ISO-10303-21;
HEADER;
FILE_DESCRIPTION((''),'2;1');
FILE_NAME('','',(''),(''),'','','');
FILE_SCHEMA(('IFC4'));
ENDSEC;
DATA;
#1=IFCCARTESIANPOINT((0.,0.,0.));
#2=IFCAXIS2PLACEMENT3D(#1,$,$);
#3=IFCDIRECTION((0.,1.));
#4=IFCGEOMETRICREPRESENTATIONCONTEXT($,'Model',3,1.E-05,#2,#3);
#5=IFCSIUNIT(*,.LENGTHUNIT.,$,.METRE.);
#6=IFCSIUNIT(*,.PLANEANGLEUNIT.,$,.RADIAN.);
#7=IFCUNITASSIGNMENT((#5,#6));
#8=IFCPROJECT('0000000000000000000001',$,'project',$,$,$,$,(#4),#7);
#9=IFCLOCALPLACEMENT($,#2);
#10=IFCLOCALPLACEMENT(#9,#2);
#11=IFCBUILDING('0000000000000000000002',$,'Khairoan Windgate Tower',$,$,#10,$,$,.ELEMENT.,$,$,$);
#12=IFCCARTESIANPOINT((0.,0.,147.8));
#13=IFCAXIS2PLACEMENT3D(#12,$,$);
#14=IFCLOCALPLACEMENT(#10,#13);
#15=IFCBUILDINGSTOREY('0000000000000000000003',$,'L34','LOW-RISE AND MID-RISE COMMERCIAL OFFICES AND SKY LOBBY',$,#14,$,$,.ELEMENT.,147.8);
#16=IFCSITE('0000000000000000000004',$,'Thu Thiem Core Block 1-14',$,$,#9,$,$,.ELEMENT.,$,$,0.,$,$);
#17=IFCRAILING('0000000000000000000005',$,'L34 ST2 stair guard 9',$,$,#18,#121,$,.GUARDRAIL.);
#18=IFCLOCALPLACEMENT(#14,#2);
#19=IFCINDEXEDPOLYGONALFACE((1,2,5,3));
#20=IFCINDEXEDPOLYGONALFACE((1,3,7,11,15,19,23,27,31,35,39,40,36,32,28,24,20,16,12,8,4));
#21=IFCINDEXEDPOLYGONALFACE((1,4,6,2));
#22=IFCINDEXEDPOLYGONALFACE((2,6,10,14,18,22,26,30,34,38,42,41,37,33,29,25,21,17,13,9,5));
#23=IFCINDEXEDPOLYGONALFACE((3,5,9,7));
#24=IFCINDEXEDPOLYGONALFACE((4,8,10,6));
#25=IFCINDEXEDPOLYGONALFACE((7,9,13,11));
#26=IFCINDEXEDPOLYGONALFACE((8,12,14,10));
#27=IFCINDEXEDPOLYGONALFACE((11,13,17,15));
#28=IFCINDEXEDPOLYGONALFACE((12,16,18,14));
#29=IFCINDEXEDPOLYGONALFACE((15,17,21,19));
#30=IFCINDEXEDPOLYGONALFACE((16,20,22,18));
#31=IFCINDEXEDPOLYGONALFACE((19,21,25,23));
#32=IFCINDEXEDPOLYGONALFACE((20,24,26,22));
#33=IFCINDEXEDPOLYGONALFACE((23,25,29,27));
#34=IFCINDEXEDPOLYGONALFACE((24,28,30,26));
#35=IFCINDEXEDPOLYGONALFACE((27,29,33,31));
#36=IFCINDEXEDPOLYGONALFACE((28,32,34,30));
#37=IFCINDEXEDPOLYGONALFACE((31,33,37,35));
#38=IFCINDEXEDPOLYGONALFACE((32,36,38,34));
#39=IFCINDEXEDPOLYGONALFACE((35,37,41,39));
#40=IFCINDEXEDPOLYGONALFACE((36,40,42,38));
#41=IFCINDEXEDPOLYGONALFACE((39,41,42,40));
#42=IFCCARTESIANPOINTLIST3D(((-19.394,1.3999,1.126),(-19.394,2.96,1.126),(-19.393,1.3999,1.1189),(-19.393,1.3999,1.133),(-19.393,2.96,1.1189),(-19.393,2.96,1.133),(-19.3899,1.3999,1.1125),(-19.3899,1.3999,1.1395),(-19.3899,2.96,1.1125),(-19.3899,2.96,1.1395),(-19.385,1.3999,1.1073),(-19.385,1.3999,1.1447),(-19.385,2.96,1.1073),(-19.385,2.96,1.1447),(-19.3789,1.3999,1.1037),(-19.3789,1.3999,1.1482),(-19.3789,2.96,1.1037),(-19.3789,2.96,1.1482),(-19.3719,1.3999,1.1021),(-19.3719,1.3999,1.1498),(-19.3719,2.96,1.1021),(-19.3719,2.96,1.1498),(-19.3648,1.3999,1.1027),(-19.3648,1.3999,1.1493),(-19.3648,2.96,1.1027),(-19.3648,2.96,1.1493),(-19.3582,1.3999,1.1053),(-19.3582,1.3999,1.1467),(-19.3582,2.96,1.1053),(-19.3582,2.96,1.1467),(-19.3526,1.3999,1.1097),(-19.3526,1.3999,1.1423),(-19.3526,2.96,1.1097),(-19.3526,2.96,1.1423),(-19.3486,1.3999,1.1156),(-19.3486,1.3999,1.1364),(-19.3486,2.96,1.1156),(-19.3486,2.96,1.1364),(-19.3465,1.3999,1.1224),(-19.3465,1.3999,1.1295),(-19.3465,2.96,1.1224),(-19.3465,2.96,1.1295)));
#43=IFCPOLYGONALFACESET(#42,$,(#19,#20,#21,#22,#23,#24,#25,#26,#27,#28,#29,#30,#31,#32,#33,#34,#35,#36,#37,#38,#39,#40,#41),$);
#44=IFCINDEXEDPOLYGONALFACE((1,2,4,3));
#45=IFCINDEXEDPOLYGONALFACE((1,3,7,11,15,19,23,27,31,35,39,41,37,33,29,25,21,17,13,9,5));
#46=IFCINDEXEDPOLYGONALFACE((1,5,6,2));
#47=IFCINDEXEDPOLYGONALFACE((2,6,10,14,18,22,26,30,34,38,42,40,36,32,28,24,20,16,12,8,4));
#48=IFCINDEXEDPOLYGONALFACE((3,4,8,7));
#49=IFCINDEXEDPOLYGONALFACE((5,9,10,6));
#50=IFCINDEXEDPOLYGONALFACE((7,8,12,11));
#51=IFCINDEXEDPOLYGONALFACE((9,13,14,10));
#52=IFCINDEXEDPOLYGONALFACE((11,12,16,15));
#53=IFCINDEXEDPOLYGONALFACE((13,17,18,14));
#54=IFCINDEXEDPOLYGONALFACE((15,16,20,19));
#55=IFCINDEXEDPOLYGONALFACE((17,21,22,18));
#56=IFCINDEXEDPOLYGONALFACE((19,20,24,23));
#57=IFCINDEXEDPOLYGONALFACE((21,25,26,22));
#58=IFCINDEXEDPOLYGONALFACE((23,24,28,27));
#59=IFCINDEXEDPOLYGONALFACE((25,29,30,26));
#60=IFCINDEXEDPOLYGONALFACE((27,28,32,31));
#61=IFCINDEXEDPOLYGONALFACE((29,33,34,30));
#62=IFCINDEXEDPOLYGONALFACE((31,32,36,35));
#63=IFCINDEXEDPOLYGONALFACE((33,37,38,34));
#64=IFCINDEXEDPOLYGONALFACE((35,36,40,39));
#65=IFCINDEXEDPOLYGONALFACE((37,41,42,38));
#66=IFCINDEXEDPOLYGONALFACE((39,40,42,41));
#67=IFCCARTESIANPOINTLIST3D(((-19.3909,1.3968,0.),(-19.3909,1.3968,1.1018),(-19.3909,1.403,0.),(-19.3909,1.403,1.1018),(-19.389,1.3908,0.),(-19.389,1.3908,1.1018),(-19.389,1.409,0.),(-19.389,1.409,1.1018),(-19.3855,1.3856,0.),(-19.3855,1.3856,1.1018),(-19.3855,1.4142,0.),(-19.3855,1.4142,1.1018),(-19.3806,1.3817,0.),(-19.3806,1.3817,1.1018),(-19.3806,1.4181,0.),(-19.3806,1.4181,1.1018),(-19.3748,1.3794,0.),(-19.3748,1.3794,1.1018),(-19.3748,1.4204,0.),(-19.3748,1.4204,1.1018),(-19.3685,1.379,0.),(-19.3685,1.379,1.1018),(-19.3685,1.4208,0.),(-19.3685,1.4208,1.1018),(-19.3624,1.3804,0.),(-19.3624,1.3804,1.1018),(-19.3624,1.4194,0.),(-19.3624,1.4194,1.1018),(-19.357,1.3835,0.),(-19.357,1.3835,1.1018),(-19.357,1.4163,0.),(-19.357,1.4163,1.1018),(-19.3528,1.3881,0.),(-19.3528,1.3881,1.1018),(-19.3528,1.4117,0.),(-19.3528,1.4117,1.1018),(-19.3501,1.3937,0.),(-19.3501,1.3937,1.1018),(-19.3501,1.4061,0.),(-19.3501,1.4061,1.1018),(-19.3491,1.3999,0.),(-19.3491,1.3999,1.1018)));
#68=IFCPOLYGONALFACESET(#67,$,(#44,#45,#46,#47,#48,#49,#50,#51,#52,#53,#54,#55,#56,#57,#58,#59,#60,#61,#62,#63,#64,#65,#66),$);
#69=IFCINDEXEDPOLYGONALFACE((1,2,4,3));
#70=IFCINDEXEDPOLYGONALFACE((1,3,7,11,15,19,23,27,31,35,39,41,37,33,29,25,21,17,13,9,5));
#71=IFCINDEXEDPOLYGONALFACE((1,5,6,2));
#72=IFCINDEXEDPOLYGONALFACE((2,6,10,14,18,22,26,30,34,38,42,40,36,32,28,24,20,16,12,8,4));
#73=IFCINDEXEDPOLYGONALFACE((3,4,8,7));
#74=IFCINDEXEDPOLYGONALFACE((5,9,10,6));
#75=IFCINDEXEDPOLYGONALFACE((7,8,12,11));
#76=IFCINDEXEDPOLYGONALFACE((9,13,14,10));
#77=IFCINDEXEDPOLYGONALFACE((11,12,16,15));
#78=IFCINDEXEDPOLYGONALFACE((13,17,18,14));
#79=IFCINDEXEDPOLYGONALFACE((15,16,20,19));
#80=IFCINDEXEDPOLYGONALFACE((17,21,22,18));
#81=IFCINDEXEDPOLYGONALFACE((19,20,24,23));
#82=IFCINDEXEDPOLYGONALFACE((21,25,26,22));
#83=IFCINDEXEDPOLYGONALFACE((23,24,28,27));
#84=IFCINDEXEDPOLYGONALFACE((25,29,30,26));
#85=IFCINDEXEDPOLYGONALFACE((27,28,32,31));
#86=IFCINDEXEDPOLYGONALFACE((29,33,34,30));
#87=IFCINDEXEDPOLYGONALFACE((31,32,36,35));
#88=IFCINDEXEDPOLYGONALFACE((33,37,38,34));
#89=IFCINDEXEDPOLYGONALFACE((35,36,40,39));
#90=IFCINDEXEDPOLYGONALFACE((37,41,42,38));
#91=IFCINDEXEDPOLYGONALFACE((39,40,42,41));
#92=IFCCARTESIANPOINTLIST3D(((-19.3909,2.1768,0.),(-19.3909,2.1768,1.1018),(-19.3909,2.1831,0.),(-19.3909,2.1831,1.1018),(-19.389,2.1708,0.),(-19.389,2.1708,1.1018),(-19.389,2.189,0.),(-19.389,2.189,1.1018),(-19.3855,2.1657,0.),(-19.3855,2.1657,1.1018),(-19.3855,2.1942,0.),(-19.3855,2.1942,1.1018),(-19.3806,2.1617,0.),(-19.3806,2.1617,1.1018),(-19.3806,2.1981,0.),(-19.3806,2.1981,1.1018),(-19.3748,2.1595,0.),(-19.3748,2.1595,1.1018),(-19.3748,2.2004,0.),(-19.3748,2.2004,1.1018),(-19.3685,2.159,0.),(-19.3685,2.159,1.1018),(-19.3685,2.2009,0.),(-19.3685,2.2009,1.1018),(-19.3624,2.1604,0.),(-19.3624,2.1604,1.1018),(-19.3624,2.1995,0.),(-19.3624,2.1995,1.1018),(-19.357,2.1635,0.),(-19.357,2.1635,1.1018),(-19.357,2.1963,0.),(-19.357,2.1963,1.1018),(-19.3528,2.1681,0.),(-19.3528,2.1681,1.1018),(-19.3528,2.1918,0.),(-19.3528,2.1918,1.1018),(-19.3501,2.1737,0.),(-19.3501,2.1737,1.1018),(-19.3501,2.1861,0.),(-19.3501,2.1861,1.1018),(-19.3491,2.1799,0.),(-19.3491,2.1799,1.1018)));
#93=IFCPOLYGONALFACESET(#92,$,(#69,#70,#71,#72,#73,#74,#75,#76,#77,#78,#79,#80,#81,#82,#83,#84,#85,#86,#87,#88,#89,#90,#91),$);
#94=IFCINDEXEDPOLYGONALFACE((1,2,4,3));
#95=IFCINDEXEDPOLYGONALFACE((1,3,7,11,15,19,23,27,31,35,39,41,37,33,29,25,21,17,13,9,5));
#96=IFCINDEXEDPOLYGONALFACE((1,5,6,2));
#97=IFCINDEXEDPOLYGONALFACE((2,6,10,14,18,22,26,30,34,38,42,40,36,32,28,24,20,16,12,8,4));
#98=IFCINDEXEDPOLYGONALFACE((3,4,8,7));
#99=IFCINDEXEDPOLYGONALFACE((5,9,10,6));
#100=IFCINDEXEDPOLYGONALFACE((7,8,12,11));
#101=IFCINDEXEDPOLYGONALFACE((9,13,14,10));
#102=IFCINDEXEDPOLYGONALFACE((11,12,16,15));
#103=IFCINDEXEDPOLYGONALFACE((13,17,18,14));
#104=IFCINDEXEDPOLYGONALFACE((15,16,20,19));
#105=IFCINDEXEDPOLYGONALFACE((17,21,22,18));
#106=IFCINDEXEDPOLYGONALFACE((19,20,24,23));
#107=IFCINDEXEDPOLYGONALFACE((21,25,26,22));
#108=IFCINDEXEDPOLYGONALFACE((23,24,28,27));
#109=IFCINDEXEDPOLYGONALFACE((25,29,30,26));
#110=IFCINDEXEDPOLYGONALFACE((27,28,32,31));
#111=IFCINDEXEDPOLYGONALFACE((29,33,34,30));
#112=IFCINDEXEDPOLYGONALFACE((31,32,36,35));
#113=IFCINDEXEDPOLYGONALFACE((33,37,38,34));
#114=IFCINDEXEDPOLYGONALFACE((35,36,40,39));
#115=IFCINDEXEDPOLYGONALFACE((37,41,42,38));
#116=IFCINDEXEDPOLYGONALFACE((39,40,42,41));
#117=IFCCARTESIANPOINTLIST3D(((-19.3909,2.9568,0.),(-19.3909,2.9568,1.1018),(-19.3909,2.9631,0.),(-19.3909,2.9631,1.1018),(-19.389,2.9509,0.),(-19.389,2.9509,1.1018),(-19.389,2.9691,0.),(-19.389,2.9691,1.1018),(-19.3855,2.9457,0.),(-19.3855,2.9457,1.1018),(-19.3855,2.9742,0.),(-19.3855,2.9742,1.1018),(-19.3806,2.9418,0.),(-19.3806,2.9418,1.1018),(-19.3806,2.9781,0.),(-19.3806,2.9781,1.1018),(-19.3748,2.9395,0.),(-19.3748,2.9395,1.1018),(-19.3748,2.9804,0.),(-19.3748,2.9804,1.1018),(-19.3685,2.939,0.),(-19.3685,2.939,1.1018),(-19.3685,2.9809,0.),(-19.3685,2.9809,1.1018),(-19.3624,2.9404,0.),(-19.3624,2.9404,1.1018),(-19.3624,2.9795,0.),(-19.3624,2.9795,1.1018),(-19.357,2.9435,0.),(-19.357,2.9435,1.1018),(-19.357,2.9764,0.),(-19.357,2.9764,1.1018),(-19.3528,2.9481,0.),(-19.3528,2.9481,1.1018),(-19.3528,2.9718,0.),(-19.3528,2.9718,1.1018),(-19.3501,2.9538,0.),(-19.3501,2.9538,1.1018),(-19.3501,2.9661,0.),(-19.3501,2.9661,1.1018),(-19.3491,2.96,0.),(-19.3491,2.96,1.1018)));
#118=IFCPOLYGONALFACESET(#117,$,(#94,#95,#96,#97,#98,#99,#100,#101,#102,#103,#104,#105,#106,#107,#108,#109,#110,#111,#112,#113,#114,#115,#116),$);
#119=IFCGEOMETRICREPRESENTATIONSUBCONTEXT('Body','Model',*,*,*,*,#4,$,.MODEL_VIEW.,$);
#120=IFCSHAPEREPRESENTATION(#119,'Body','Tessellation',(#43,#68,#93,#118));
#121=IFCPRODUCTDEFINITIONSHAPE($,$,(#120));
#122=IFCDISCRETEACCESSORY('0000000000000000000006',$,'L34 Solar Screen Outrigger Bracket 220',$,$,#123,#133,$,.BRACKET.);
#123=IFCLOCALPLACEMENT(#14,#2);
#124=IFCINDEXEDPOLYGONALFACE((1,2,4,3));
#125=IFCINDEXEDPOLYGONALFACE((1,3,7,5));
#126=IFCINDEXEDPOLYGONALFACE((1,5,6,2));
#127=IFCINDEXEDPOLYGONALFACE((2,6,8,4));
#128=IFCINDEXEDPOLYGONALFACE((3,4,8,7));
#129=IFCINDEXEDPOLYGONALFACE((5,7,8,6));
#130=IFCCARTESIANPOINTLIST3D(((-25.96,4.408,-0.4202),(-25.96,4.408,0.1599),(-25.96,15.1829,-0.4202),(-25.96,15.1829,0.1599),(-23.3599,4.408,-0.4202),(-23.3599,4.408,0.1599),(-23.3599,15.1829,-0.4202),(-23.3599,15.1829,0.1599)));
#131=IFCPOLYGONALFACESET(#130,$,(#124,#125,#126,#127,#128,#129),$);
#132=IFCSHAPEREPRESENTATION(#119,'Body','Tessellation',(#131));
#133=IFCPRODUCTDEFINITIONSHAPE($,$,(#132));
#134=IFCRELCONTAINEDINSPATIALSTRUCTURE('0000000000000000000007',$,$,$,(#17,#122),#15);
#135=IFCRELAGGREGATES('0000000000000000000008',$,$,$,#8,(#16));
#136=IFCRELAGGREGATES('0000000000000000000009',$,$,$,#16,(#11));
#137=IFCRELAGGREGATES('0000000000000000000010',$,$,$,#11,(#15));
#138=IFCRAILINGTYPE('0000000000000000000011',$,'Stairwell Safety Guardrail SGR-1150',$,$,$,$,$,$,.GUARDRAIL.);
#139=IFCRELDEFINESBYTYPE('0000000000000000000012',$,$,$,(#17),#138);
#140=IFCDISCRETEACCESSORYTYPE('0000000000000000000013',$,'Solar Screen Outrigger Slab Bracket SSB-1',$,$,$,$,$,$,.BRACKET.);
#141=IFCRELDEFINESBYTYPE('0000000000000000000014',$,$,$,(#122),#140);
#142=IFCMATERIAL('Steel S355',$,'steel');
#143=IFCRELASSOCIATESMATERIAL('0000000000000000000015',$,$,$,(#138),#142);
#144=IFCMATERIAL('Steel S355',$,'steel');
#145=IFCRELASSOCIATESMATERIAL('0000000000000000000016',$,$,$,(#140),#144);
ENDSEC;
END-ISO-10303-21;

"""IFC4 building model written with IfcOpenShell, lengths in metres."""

from ifc_helpers import new_model, si_unit, direction, frame, origin, origin_2d, place, context, subcontext, project, spatial, rectangle, circle, extrude, material, type_object, element, save


model = new_model("IFC4")

# Units and contexts
model_context = context("Model", 3, precision=1e-05, world=origin(), true_north=direction((0.0, 1.0)))
body_context = subcontext(model_context, "Body", "Model", "MODEL_VIEW")
ifc_project = project(units=[si_unit("LENGTHUNIT", "METRE"), si_unit("PLANEANGLEUNIT", "RADIAN")], contexts=[model_context])

# Site, building, storey
site_placement = place(None, origin())
site = spatial("IfcSite", under=ifc_project, at=site_placement, Name="Thu Thiem Core Block 1-14", CompositionType="ELEMENT", RefElevation=0.0)
building_placement = place(site_placement, origin())
building = spatial("IfcBuilding", under=site, at=building_placement, Name="Khairoan Windgate Tower", CompositionType="ELEMENT")
storey_placement = place(building_placement, frame((0.0, 0.0, 147.8)))
storey = spatial("IfcBuildingStorey", under=building, at=storey_placement, Name="L34", Description="LOW-RISE AND MID-RISE COMMERCIAL OFFICES AND SKY LOBBY", CompositionType="ELEMENT", Elevation=147.8)

# Railing
ifc_material_1 = material(Name="Steel S355", Category="steel")
railing_type_1 = type_object("IfcRailingType", Name="Stairwell Safety Guardrail SGR-1150", PredefinedType="GUARDRAIL", material=ifc_material_1)
for number, where, name in (
    (1, (-19.3701, 1.3999, 0.0), "L34 ST2 stair guard 9"),
):
    element("IfcRailing", number, at=place(storey_placement, frame(where)), inside=storey, type_object=railing_type_1, Name=name, PredefinedType="GUARDRAIL", context=body_context, shape_type="SweptSolid", body=[
        extrude(circle(Radius=0.0239, at=origin_2d()), frame((0.0, 0.0, 1.126), z_axis=(0.0, 1.0, 0.0), x_axis=(-1.0, 0.0, 0.0)), (0.0, 0.0, 1.0), 1.5601),
        extrude(circle(Radius=0.021, at=origin_2d()), origin(), (0.0, 0.0, 1.0), 1.1018),
        extrude(circle(Radius=0.021, at=origin_2d()), frame((0.0, 0.78, 0.0)), (0.0, 0.0, 1.0), 1.1018),
        extrude(circle(Radius=0.021, at=origin_2d()), frame((0.0, 1.5601, 0.0)), (0.0, 0.0, 1.0), 1.1018),
    ])

# Discrete accessory
ifc_material_2 = material(Name="Steel S355", Category="steel")
discrete_accessory_type = type_object("IfcDiscreteAccessoryType", Name="Solar Screen Outrigger Slab Bracket SSB-1", PredefinedType="BRACKET", material=ifc_material_2)
discrete_accessory_placement = place(storey_placement, frame((-24.6599, 9.7954, -0.4202), z_axis=(0.0, 0.0, 1.0), x_axis=(0.0, 1.0, 0.0)))
element("IfcDiscreteAccessory", 2, at=discrete_accessory_placement, inside=storey, type_object=discrete_accessory_type, Name="L34 Solar Screen Outrigger Bracket 220", PredefinedType="BRACKET", context=body_context, shape_type="SweptSolid", body=[
    extrude(rectangle(XDim=10.7749, YDim=2.6001, at=origin_2d()), origin(), (0.0, 0.0, 1.0), 0.5801),
])

save(model, "model.ifc")
